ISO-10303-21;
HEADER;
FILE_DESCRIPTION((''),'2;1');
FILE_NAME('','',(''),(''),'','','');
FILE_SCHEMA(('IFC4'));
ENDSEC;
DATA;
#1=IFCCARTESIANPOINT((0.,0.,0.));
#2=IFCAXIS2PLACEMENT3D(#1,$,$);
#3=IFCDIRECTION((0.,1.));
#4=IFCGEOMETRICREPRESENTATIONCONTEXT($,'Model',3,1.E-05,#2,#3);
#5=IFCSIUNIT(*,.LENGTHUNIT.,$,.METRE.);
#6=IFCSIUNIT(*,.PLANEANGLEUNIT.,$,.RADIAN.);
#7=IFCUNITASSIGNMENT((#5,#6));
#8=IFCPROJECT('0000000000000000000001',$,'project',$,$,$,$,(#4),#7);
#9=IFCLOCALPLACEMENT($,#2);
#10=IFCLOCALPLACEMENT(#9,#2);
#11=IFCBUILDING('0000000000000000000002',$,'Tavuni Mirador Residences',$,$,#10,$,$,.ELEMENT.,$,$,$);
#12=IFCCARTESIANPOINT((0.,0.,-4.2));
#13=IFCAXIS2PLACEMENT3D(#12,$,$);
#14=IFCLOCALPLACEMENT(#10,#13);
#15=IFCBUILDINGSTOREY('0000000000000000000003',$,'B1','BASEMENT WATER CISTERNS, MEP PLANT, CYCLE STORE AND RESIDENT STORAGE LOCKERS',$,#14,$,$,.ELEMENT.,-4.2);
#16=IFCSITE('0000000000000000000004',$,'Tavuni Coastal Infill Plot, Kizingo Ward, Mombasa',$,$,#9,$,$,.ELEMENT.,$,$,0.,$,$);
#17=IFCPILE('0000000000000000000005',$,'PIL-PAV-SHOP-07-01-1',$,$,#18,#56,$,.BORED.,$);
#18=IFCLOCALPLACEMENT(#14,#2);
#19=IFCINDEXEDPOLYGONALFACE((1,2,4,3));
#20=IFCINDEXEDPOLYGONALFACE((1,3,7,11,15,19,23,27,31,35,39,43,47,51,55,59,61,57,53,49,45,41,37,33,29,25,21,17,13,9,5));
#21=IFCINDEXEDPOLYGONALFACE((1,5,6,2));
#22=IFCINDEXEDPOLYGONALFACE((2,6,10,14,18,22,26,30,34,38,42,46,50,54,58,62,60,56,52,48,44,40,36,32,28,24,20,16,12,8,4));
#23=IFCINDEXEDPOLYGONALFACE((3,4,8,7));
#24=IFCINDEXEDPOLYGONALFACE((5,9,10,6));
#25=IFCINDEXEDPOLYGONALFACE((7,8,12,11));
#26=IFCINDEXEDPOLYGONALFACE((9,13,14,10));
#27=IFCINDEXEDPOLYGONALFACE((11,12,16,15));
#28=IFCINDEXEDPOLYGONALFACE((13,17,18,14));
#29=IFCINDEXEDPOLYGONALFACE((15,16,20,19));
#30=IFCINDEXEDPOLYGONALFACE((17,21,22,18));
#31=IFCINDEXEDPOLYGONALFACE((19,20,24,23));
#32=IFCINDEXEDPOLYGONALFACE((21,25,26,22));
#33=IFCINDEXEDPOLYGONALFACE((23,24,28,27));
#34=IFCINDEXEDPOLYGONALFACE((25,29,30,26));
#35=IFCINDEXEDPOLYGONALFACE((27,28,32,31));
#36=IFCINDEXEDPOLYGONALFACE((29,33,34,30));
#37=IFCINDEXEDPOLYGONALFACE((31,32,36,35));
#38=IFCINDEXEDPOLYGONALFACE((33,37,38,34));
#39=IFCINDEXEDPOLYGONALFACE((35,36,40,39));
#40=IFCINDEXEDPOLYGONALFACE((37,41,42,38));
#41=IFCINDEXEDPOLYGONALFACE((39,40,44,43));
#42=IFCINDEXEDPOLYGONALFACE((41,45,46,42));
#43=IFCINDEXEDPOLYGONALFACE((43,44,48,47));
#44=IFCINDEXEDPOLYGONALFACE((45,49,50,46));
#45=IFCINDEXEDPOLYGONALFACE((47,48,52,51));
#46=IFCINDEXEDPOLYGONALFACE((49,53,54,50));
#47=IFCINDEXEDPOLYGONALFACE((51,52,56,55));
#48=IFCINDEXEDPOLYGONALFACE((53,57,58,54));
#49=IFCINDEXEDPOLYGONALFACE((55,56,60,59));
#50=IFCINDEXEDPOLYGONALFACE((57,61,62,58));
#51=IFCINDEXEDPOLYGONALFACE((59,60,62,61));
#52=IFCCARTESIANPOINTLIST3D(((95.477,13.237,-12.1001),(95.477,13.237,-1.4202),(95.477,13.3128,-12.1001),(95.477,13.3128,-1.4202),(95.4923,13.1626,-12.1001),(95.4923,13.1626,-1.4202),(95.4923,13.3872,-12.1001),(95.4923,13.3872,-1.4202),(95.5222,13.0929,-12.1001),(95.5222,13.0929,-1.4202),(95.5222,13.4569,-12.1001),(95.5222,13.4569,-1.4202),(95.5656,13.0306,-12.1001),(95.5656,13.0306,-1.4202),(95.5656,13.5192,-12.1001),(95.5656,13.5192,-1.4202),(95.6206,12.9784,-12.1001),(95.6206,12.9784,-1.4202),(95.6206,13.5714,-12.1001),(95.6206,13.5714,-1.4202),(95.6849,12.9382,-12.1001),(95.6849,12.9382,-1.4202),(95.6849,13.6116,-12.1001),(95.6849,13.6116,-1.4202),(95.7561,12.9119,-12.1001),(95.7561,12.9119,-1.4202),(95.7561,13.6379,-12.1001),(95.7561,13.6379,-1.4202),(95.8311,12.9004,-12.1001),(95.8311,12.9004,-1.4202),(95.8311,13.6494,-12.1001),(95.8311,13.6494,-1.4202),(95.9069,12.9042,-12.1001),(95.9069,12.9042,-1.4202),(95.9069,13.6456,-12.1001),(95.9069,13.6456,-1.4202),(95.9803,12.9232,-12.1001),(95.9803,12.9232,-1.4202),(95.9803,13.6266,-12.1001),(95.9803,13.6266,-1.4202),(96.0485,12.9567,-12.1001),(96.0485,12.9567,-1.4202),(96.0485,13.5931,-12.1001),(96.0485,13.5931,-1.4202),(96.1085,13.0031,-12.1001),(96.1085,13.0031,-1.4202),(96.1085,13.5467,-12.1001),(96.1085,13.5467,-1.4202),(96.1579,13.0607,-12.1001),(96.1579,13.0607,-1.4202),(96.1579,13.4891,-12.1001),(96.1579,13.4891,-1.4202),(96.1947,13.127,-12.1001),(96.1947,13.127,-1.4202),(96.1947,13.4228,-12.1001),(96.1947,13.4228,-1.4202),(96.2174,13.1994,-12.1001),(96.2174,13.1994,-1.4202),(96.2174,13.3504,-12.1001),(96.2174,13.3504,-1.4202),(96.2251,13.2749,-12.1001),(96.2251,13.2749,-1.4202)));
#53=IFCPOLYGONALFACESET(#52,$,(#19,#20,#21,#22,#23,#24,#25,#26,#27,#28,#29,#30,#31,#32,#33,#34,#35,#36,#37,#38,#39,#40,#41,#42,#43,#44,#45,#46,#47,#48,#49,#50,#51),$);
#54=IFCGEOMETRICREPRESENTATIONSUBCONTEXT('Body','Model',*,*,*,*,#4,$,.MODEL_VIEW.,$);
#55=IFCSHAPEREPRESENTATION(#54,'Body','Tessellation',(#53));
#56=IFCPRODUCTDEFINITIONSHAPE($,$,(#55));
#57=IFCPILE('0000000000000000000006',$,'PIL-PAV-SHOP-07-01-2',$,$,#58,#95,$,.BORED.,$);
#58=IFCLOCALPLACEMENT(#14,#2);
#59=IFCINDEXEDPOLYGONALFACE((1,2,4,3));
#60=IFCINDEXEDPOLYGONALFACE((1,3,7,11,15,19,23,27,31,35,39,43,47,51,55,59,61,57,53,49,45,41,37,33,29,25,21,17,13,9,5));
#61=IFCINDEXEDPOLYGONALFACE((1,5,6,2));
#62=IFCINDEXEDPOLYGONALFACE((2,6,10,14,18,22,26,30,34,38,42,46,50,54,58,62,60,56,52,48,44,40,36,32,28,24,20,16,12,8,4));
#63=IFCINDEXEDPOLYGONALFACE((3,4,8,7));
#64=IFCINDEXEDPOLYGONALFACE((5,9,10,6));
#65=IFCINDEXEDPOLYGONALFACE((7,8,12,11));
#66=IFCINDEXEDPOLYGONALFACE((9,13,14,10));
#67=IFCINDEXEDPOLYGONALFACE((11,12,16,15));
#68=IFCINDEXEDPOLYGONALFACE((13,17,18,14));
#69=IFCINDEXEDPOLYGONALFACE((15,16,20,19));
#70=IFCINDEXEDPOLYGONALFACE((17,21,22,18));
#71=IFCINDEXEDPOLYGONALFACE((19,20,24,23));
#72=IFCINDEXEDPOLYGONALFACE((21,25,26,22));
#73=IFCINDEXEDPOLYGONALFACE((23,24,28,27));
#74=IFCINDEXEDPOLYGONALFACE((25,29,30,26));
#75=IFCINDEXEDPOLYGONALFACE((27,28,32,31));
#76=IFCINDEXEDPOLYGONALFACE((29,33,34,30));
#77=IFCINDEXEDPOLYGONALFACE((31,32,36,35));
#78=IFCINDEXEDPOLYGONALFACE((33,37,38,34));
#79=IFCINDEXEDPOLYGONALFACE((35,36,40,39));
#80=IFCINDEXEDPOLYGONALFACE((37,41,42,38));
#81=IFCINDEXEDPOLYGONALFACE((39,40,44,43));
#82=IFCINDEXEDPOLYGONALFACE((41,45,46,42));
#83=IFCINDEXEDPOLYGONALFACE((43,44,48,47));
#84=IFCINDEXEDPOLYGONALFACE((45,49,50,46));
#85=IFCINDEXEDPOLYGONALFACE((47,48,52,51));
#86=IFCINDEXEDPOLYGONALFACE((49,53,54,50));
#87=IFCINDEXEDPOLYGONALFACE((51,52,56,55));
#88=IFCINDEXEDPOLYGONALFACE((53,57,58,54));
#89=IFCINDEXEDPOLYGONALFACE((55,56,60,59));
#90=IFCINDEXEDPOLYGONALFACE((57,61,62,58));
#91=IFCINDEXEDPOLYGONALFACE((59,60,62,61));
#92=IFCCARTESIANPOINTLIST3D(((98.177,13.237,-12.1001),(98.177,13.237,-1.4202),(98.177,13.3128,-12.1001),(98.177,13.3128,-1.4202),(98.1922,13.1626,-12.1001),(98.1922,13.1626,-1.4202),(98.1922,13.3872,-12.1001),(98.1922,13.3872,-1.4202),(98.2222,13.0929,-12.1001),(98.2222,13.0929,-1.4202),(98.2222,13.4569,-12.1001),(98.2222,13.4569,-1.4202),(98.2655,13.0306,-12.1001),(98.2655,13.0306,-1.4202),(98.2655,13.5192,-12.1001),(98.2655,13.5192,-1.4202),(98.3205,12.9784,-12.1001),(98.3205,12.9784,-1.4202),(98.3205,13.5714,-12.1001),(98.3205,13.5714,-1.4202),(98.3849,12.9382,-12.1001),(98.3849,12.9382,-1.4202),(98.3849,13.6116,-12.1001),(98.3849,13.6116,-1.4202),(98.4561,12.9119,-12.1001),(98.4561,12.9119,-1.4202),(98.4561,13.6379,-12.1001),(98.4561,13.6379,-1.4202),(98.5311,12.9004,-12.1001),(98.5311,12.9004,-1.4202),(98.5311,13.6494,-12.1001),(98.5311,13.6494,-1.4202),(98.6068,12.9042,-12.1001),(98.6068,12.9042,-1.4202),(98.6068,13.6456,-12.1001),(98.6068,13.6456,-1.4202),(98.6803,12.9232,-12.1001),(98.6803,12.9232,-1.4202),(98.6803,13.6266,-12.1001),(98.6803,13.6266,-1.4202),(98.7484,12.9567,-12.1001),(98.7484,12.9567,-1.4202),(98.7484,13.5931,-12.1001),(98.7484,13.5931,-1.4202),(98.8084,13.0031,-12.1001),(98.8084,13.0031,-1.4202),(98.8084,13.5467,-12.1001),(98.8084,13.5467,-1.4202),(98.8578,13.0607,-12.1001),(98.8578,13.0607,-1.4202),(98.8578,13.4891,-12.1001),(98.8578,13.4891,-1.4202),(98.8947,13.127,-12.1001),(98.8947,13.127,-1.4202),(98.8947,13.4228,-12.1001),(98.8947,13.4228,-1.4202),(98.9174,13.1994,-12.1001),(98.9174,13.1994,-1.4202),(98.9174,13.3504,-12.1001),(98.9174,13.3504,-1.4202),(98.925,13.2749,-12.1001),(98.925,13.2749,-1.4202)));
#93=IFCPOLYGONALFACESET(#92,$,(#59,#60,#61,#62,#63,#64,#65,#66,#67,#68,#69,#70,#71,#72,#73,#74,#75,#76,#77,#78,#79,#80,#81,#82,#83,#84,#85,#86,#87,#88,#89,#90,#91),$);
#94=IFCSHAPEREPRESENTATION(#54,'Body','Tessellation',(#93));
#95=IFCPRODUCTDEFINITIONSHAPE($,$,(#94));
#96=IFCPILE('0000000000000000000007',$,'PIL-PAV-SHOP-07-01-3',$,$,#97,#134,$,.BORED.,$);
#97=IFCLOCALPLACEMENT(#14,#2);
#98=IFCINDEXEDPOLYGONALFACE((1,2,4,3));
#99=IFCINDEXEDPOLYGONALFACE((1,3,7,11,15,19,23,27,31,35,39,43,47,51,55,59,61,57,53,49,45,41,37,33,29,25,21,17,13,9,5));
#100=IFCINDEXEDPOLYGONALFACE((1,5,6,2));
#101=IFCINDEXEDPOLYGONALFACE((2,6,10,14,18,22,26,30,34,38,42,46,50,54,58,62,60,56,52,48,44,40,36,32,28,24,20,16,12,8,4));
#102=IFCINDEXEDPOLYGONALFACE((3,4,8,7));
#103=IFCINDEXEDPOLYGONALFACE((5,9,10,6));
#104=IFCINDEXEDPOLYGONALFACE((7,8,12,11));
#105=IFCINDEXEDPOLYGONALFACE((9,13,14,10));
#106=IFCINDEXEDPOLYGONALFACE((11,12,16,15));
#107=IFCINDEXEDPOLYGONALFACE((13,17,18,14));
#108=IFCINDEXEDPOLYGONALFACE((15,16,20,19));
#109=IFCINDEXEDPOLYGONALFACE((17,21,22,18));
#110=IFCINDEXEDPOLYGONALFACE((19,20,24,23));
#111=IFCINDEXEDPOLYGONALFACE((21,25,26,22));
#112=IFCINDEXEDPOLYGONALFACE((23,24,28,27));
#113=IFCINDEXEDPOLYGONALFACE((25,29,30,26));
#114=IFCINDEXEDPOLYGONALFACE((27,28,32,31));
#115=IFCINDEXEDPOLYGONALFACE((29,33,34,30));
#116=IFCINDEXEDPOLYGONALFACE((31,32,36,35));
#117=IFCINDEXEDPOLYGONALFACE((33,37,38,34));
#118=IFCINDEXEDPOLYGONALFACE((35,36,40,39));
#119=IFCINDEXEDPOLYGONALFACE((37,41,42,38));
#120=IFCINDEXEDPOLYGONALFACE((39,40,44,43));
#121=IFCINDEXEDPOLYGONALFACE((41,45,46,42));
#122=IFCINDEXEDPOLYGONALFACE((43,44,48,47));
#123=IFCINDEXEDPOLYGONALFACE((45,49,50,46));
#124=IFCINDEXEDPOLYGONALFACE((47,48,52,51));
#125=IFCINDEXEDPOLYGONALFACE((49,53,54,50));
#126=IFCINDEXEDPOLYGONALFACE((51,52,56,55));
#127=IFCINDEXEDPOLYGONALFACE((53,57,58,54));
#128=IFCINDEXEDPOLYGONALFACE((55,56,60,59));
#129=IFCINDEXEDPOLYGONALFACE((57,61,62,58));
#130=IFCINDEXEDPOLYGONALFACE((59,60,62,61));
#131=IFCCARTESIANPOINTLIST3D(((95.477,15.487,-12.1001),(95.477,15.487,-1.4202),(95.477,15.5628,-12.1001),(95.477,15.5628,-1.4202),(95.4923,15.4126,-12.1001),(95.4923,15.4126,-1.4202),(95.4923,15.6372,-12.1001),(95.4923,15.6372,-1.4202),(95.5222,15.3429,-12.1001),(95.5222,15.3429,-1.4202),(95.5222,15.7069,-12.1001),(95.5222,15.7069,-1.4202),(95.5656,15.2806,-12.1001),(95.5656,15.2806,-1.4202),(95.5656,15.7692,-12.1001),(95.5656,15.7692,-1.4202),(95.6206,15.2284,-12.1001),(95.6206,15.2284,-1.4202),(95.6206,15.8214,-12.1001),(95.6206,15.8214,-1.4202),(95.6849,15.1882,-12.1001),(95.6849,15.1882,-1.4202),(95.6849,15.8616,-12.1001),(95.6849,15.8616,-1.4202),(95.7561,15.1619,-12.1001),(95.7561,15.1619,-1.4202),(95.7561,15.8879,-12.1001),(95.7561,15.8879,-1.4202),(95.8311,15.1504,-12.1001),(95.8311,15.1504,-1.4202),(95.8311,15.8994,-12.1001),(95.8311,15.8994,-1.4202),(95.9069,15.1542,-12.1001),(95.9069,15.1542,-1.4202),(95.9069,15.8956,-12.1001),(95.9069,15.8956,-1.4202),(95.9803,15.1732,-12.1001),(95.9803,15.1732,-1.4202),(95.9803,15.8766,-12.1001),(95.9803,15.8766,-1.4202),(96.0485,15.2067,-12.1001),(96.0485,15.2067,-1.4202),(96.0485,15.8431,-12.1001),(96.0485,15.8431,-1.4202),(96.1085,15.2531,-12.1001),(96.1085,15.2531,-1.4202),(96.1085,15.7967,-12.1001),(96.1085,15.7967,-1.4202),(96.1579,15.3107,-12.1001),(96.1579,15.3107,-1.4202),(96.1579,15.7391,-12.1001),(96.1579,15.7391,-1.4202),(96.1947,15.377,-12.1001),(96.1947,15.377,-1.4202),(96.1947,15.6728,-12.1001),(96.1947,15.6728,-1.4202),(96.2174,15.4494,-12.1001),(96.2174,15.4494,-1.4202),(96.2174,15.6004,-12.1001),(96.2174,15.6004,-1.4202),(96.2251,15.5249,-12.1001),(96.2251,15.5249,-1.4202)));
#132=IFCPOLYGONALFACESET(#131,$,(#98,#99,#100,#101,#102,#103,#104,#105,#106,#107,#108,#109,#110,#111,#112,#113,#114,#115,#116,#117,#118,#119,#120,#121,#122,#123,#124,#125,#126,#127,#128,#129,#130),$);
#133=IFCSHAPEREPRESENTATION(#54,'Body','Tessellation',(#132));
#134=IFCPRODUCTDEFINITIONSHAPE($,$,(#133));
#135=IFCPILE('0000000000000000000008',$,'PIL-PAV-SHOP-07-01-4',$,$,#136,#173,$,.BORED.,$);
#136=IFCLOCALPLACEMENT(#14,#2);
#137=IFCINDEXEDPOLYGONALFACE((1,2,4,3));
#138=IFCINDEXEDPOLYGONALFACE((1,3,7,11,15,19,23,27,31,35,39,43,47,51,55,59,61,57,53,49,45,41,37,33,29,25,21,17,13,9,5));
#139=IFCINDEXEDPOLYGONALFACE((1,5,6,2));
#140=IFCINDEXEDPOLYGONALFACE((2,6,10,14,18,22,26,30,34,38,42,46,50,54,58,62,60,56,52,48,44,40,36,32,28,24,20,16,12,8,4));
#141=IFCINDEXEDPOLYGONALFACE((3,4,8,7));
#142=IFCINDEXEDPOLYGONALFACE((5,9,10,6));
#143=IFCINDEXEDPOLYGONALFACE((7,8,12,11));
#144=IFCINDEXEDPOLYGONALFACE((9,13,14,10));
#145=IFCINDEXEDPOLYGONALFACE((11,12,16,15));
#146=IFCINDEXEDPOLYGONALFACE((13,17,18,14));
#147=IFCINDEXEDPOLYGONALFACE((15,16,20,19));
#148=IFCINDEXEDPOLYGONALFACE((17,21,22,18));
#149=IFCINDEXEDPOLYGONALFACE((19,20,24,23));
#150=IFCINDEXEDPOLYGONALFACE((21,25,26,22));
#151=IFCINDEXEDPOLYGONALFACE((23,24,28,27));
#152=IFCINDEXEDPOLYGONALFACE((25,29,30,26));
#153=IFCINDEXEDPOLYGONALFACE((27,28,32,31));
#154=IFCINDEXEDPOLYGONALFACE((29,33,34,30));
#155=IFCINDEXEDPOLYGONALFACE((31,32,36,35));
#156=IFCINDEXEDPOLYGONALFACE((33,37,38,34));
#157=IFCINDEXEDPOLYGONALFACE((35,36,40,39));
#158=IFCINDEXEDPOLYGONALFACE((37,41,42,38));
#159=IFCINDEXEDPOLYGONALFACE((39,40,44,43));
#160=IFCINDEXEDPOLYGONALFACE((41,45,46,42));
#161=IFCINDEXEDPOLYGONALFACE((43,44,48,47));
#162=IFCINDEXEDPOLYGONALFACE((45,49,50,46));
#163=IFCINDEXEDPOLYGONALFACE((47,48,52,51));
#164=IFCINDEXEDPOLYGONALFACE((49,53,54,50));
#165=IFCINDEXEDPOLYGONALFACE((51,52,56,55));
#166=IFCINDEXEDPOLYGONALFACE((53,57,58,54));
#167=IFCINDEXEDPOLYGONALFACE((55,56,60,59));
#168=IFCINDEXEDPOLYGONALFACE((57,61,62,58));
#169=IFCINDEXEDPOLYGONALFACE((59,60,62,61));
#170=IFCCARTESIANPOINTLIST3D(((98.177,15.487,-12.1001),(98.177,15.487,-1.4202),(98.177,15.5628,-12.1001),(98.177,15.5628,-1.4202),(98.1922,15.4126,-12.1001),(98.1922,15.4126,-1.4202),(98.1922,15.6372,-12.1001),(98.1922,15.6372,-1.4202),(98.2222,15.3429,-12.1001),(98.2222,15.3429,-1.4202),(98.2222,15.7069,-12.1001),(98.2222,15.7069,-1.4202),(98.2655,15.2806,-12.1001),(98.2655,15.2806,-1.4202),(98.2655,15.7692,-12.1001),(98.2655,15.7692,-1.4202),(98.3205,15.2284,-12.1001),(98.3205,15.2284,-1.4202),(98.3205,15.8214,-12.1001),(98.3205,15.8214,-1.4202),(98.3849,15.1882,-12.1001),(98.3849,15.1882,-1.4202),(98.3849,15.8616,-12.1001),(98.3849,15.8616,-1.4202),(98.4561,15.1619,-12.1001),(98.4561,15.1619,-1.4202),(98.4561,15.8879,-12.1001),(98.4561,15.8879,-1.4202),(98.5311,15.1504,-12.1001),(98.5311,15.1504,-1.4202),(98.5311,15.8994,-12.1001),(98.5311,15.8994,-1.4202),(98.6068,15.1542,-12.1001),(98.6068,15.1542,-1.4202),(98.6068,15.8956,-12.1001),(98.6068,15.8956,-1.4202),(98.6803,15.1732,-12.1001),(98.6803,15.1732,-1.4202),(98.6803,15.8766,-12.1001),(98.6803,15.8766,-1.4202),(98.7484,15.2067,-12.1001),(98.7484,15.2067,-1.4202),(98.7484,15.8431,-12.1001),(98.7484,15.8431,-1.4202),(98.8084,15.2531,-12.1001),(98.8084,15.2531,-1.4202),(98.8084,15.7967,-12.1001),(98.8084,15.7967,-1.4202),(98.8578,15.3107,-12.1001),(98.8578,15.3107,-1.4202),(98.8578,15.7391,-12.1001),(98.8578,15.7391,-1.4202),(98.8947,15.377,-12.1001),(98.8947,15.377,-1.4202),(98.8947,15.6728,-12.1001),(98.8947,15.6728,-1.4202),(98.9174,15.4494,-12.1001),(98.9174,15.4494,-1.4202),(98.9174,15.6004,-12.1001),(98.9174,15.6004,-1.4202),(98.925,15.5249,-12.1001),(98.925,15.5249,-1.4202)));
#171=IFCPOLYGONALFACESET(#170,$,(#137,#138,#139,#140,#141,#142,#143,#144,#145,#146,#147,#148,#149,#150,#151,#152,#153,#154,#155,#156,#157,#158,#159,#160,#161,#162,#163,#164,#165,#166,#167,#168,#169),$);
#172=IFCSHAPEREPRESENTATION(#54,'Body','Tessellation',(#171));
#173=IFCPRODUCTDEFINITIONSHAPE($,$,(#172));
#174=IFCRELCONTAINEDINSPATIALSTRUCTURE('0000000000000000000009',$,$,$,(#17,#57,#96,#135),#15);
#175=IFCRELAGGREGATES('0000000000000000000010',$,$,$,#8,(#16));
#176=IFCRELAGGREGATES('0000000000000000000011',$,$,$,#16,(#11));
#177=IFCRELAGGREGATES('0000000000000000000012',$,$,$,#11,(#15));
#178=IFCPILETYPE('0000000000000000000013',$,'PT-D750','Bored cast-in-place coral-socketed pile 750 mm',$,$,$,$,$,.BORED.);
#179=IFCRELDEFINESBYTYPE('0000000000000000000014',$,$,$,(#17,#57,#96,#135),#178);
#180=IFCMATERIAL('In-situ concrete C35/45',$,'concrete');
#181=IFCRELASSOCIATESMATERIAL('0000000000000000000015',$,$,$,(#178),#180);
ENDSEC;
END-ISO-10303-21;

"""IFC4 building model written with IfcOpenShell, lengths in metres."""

from ifc_helpers import new_model, si_unit, direction, frame, origin, origin_2d, place, context, subcontext, project, spatial, circle, extrude, material, material_profile, profile_set, type_object, element, save


model = new_model("IFC4")

# Units and contexts
model_context = context("Model", 3, precision=1e-05, world=origin(), true_north=direction((0.0, 1.0)))
body_context = subcontext(model_context, "Body", "Model", "MODEL_VIEW")
ifc_project = project(units=[si_unit("LENGTHUNIT", "METRE"), si_unit("PLANEANGLEUNIT", "RADIAN")], contexts=[model_context])

# Site, building, storey
site_placement = place(None, origin())
site = spatial("IfcSite", under=ifc_project, at=site_placement, Name="Tavuni Coastal Infill Plot, Kizingo Ward, Mombasa", CompositionType="ELEMENT", RefElevation=0.0)
building_placement = place(site_placement, origin())
building = spatial("IfcBuilding", under=site, at=building_placement, Name="Tavuni Mirador Residences", CompositionType="ELEMENT")
storey_placement = place(building_placement, frame((0.0, 0.0, -4.2)))
storey = spatial("IfcBuildingStorey", under=building, at=storey_placement, Name="B1", Description="BASEMENT WATER CISTERNS, MEP PLANT, CYCLE STORE AND RESIDENT STORAGE LOCKERS", CompositionType="ELEMENT", Elevation=-4.2)

# Shared definitions
ifc_material_1 = material(Name="In-situ concrete C35/45", Category="concrete")

# Piles
ifc_material_profile_1 = material_profile(ifc_material_1, circle(Radius=0.375, at=origin_2d()), Name="PILE D750", Category="concrete")
ifc_profile_set_1 = profile_set([ifc_material_profile_1], Name="In-situ concrete C35/45")
pile_type_1 = type_object("IfcPileType", Name="PT-D750", Description="Bored cast-in-place coral-socketed pile 750 mm", PredefinedType="BORED", material=ifc_profile_set_1)
for number, where, z_axis, x_axis, name in (
    (1, (95.8501, 13.2749, -1.4202), (0.0, 0.0, -1.0), (1.0, 0.0, 0.0), "PIL-PAV-SHOP-07-01-1"),
    (2, (98.55, 13.2749, -1.4202), (0.0, 0.0, -1.0), (1.0, 0.0, 0.0), "PIL-PAV-SHOP-07-01-2"),
    (3, (95.8501, 15.5249, -1.4202), (0.0, 0.0, -1.0), (1.0, 0.0, 0.0), "PIL-PAV-SHOP-07-01-3"),
    (4, (98.55, 15.5249, -1.4202), (0.0, 0.0, -1.0), (1.0, 0.0, 0.0), "PIL-PAV-SHOP-07-01-4"),
):
    element("IfcPile", number, at=place(storey_placement, frame(where, z_axis=z_axis, x_axis=x_axis)), inside=storey, type_object=pile_type_1, Name=name, PredefinedType="BORED", context=body_context, shape_type="SweptSolid", body=[
        extrude(circle(Radius=0.375, at=origin_2d()), origin(), (0.0, 0.0, 1.0), 10.6799),
    ])

save(model, "model.ifc")
